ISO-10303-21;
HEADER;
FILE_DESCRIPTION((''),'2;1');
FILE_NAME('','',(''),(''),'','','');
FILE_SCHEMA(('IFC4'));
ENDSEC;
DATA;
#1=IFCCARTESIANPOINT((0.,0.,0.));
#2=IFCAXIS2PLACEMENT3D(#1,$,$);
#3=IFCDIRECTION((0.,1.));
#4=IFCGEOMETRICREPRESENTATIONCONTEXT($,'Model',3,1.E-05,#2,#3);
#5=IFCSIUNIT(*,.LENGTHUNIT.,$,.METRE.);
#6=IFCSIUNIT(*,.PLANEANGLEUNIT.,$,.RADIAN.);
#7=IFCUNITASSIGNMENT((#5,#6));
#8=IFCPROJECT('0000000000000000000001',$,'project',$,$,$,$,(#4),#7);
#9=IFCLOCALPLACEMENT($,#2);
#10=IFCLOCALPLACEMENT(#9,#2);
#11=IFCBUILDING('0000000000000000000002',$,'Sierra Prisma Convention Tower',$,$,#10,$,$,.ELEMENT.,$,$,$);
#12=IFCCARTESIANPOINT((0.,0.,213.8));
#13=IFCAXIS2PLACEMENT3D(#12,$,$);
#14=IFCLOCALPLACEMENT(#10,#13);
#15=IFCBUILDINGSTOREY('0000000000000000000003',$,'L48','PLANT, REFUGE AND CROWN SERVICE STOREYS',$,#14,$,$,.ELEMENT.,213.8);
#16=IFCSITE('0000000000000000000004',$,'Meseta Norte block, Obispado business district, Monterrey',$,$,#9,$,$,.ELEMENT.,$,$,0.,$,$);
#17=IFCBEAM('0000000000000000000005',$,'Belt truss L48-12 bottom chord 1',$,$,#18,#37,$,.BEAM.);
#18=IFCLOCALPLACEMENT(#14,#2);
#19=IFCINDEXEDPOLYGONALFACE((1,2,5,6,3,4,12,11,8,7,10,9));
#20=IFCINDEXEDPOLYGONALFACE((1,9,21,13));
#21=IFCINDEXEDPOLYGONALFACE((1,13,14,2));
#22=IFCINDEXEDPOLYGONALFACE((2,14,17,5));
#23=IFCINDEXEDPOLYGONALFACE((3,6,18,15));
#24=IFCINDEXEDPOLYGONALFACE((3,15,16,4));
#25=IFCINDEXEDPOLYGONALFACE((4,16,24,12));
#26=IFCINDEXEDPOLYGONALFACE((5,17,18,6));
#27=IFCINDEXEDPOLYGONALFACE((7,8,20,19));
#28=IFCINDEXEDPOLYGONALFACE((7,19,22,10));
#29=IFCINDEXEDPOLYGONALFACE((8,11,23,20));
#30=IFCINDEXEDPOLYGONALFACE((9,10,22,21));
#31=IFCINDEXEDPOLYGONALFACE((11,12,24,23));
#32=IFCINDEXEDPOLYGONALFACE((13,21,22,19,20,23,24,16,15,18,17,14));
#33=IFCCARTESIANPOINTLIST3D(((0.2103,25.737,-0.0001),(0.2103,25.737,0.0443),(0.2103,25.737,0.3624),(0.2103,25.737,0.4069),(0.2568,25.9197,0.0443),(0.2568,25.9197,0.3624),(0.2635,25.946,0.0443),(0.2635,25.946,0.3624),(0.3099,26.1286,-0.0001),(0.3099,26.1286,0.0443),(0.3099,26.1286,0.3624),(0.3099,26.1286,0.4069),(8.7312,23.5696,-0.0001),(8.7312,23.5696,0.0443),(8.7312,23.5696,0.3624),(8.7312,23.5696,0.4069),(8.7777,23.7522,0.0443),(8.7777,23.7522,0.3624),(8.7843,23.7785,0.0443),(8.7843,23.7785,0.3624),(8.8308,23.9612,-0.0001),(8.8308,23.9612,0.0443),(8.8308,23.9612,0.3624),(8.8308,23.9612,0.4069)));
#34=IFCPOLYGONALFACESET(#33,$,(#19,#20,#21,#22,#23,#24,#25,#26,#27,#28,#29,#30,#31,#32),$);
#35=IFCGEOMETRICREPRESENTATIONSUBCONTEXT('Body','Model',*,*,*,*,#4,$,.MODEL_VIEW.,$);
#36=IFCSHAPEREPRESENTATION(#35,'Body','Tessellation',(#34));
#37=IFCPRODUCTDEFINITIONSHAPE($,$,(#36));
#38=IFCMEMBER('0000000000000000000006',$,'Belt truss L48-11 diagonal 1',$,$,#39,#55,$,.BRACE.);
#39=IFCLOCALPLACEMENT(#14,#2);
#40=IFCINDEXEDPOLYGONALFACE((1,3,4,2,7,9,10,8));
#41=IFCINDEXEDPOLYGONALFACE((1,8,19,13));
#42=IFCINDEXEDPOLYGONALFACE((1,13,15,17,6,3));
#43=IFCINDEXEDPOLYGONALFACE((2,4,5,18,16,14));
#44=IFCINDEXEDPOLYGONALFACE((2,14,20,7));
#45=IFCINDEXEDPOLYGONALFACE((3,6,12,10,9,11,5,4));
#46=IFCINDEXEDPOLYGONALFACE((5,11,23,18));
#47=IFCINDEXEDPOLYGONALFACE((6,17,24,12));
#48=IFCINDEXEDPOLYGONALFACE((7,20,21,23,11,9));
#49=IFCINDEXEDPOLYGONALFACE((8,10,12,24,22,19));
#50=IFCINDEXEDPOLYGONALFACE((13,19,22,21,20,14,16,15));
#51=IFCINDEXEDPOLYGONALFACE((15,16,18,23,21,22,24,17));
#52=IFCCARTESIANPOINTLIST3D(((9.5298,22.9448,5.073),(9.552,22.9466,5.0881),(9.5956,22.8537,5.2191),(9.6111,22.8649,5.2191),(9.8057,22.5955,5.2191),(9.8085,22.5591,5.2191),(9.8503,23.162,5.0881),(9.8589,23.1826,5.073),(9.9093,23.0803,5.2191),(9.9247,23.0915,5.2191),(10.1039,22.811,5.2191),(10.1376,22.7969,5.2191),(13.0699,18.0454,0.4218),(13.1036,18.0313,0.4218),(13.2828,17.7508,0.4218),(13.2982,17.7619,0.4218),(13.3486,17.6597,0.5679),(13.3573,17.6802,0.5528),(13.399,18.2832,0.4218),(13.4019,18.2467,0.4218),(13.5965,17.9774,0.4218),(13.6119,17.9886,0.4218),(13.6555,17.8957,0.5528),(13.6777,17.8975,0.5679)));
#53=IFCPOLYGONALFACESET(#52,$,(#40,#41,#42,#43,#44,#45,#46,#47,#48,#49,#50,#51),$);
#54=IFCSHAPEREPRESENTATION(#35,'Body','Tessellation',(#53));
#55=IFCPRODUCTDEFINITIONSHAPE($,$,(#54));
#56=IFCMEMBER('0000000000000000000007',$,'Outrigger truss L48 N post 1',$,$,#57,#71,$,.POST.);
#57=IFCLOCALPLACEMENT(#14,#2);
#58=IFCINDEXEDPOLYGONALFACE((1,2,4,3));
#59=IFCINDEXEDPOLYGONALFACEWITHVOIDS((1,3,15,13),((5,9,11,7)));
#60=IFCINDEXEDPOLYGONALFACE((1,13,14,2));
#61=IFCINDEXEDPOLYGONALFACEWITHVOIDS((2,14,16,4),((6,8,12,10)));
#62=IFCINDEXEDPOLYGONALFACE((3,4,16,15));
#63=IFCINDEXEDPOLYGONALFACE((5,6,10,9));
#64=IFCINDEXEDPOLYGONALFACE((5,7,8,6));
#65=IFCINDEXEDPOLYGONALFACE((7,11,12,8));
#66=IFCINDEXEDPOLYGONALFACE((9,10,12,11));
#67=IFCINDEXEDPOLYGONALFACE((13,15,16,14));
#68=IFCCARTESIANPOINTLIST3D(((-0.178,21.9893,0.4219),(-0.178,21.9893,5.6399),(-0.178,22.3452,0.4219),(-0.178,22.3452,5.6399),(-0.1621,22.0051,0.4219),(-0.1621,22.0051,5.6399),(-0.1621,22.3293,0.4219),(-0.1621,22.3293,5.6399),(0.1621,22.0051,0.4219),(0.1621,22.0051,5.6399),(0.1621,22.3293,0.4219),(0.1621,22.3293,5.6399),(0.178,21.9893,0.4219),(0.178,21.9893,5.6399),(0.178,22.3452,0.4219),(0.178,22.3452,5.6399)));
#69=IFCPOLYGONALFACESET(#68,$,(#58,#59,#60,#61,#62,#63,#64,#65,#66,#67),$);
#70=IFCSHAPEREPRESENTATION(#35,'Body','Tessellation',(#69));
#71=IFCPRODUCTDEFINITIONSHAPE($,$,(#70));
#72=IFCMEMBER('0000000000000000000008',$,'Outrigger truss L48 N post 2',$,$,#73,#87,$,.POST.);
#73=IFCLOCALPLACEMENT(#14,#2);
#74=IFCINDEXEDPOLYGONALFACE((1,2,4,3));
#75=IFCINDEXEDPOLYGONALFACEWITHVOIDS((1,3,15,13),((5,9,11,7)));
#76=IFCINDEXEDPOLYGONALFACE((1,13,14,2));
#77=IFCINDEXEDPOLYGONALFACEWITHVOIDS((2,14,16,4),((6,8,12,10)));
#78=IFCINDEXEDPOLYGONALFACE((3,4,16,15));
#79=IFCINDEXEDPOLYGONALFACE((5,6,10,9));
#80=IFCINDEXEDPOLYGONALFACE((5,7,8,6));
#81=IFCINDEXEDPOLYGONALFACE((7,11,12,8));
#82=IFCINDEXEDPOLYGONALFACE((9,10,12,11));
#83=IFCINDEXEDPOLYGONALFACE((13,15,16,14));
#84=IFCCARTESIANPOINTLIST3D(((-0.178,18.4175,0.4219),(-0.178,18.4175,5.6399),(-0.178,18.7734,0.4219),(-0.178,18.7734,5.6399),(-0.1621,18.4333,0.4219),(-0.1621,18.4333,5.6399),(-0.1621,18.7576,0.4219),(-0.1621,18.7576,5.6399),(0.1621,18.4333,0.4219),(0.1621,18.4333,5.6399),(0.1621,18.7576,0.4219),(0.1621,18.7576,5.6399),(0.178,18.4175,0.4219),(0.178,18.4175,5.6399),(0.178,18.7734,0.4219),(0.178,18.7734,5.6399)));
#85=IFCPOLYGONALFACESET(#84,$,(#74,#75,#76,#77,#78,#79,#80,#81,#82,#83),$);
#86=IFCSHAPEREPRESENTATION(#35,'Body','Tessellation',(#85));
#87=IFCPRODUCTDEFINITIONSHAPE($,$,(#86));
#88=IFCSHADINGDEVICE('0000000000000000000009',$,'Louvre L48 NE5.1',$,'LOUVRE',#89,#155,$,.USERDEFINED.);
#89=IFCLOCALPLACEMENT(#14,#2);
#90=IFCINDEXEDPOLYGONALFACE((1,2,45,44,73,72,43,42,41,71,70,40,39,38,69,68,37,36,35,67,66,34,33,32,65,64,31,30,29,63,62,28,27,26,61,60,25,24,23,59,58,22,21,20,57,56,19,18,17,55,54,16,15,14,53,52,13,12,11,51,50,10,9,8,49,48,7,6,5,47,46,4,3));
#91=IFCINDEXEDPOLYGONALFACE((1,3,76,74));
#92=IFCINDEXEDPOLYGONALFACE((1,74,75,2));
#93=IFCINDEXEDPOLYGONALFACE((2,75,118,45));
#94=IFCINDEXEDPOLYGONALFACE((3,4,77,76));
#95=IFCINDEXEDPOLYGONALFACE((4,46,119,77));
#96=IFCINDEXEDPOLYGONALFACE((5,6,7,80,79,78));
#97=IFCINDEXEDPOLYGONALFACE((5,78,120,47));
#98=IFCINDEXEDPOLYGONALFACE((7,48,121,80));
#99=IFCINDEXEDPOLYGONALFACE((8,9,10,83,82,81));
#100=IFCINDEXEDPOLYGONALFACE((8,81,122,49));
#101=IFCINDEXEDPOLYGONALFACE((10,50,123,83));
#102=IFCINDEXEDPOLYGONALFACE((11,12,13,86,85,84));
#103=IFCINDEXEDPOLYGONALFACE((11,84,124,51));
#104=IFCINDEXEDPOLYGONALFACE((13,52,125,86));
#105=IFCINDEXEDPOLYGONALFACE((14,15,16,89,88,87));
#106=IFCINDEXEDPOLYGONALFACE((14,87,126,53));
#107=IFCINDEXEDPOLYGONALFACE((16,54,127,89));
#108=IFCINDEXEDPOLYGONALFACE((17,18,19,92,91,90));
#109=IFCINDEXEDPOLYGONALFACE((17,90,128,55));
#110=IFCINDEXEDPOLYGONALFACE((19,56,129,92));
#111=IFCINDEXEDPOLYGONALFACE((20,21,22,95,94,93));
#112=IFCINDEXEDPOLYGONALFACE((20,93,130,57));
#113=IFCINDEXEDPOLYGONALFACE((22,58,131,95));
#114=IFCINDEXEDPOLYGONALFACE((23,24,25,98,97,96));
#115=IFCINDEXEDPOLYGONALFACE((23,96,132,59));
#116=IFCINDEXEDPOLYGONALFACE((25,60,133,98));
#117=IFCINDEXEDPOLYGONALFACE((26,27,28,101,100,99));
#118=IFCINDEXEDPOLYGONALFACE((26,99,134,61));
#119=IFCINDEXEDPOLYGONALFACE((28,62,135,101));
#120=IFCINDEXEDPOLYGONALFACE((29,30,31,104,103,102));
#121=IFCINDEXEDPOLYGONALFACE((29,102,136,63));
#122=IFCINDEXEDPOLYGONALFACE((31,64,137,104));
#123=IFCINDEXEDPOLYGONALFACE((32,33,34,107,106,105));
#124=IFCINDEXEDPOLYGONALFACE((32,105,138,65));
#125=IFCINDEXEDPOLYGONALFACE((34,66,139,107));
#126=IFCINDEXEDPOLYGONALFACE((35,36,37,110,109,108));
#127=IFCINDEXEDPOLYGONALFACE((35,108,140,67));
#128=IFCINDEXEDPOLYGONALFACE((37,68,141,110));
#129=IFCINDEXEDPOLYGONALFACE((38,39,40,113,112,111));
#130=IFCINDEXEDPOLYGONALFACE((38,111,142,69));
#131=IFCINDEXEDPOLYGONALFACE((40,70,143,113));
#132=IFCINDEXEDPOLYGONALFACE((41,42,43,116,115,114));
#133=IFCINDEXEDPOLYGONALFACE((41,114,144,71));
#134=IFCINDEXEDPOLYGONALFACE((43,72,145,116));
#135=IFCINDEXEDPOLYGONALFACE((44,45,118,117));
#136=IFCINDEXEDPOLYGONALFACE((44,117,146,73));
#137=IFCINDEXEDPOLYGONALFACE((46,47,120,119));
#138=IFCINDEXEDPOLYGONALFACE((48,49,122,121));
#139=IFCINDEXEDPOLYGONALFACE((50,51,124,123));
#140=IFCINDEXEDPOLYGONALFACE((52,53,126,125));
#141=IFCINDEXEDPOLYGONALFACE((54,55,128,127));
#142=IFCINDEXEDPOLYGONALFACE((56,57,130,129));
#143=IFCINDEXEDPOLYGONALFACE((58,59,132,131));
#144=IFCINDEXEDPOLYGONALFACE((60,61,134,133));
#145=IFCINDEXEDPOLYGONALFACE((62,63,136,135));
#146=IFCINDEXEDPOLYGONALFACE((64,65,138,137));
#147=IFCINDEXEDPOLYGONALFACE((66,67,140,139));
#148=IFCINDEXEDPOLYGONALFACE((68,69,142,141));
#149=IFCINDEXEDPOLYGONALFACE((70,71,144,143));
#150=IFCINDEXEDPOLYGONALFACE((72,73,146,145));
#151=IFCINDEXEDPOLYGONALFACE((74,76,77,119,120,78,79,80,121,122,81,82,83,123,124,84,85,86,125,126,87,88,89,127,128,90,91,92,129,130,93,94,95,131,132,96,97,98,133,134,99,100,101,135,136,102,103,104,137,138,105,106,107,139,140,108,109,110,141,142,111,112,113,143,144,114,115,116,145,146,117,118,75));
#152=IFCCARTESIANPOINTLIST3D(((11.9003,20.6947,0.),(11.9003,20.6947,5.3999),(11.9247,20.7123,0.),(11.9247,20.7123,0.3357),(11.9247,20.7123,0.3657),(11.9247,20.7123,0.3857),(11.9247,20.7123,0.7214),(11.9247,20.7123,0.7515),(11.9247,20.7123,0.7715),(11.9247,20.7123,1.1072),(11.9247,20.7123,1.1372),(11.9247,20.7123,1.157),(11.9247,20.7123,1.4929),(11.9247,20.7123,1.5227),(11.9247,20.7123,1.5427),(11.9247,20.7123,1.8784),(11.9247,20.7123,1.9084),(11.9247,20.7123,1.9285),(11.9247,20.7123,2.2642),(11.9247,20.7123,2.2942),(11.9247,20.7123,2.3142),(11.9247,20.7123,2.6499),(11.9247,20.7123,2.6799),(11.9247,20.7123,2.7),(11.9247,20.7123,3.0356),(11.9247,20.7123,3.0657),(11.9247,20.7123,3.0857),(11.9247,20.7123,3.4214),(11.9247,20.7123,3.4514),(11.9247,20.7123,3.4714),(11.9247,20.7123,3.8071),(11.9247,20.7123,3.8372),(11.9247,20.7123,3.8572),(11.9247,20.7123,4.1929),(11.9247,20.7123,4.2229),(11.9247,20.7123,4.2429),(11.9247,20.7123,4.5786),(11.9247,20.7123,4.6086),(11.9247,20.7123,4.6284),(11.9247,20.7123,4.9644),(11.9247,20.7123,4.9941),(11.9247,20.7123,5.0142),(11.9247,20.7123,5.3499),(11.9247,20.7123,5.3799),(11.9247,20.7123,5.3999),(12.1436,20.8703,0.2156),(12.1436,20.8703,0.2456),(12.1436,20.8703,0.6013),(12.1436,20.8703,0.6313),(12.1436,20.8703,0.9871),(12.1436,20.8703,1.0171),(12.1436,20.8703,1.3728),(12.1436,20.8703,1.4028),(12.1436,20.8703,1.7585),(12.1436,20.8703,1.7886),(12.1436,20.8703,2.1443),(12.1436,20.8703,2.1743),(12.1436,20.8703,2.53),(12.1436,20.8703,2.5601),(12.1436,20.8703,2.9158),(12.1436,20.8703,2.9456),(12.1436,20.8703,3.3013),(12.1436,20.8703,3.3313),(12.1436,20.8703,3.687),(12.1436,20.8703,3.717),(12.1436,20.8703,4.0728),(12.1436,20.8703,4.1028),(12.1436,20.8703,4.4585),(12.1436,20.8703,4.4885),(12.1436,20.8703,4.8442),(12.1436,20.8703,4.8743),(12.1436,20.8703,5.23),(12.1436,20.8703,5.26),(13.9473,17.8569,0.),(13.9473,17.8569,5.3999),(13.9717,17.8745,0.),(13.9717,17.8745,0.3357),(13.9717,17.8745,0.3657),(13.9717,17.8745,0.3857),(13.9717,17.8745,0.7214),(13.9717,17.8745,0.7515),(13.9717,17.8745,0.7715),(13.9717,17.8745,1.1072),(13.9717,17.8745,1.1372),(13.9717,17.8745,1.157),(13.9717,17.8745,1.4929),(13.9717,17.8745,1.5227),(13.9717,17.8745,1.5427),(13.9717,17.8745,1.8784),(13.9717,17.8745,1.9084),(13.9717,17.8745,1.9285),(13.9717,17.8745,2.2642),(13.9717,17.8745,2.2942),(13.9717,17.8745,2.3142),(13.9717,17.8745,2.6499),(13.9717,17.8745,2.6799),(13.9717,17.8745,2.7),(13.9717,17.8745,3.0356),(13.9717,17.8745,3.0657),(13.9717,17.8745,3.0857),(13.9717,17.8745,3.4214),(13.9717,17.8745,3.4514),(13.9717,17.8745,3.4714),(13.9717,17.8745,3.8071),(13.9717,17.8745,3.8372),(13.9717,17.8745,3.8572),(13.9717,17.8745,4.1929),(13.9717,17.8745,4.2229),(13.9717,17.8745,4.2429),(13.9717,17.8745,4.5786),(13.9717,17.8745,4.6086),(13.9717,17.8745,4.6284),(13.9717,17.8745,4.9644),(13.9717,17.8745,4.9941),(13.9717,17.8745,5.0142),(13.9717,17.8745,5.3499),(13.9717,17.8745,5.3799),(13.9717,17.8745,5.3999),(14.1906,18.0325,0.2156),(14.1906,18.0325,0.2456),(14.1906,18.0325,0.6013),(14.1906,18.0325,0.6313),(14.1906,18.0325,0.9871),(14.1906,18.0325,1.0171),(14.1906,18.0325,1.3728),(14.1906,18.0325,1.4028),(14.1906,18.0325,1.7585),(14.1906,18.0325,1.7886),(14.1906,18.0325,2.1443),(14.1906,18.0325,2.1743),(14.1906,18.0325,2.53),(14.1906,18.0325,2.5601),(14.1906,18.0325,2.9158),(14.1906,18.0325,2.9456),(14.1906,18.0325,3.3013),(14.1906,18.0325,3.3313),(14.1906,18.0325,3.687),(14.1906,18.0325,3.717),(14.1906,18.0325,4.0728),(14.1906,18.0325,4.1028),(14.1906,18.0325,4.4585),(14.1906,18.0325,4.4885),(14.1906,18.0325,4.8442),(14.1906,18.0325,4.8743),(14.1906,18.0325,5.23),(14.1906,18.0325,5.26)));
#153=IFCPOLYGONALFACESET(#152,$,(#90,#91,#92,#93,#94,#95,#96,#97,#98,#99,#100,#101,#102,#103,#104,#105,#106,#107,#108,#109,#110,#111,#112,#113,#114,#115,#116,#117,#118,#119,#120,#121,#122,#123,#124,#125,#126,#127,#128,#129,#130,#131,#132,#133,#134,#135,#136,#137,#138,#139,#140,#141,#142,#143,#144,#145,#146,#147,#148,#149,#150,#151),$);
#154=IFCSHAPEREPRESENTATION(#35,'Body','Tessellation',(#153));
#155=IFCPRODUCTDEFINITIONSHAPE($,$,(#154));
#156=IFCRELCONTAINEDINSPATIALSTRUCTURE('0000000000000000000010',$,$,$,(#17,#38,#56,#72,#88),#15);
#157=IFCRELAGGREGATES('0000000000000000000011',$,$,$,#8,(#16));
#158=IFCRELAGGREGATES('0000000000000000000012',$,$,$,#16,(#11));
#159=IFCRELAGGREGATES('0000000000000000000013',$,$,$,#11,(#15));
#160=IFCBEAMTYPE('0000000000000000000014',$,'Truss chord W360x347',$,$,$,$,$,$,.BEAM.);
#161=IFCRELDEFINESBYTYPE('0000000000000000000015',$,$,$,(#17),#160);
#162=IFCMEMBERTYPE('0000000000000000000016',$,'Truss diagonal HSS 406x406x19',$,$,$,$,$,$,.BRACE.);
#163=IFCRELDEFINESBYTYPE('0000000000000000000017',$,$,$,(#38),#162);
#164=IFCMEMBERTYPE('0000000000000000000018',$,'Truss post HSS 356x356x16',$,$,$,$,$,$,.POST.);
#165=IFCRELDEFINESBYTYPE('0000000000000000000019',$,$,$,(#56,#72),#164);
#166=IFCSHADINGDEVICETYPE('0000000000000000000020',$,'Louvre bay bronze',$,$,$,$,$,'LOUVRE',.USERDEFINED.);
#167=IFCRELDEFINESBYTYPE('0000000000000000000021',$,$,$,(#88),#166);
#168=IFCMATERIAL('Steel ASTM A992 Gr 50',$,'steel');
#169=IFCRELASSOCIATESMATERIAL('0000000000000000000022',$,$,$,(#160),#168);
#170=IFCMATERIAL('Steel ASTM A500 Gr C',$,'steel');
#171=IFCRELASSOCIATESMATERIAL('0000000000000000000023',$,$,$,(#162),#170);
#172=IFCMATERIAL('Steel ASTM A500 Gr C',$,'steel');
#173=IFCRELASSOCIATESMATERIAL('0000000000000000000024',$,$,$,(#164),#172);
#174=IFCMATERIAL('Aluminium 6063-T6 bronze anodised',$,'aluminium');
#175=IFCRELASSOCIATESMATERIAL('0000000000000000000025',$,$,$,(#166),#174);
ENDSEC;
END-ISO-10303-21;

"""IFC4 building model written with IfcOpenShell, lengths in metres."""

from ifc_helpers import new_model, si_unit, direction, frame, origin, origin_2d, place, context, subcontext, project, spatial, polyline, hollow_rectangle, i_section, outline, extrude, clip, halfspace, material, material_profile, profile_set, type_object, element, save


model = new_model("IFC4")

# Units and contexts
model_context = context("Model", 3, precision=1e-05, world=origin(), true_north=direction((0.0, 1.0)))
body_context = subcontext(model_context, "Body", "Model", "MODEL_VIEW")
ifc_project = project(units=[si_unit("LENGTHUNIT", "METRE"), si_unit("PLANEANGLEUNIT", "RADIAN")], contexts=[model_context])

# Site, building, storey
site_placement = place(None, origin())
site = spatial("IfcSite", under=ifc_project, at=site_placement, Name="Meseta Norte block, Obispado business district, Monterrey", CompositionType="ELEMENT", RefElevation=0.0)
building_placement = place(site_placement, origin())
building = spatial("IfcBuilding", under=site, at=building_placement, Name="Sierra Prisma Convention Tower", CompositionType="ELEMENT")
storey_placement = place(building_placement, frame((0.0, 0.0, 213.8)))
storey = spatial("IfcBuildingStorey", under=building, at=storey_placement, Name="L48", Description="PLANT, REFUGE AND CROWN SERVICE STOREYS", CompositionType="ELEMENT", Elevation=213.8)

# Beam
ifc_material_1 = material(Name="Steel ASTM A992 Gr 50", Category="steel")
ifc_material_profile_1 = material_profile(ifc_material_1, i_section(OverallWidth=0.4041, OverallDepth=0.407, WebThickness=0.0271, FlangeThickness=0.0444, at=origin_2d()), Name="W360x347")
ifc_profile_set_1 = profile_set([ifc_material_profile_1], Name="Steel ASTM A992 Gr 50")
beam_type_1 = type_object("IfcBeamType", Name="Truss chord W360x347", PredefinedType="BEAM", material=ifc_profile_set_1)
beam_1_placement = place(storey_placement, frame((8.781, 23.7654, 0.2034), z_axis=(-0.969138, 0.246519, 0.0), x_axis=(-0.246519, -0.969138, 0.0)))
element("IfcBeam", 1, at=beam_1_placement, inside=storey, type_object=beam_type_1, Name="Belt truss L48-12 bottom chord 1", PredefinedType="BEAM", context=body_context, shape_type="SweptSolid", body=[
    extrude(i_section(OverallWidth=0.4041, OverallDepth=0.407, WebThickness=0.0271, FlangeThickness=0.0444, at=origin_2d()), origin(), (0.0, 0.0, 1.0), 8.7922),
])

# Members
ifc_material_2 = material(Name="Steel ASTM A500 Gr C", Category="steel")
ifc_material_profile_2 = material_profile(ifc_material_2, hollow_rectangle(XDim=0.406, YDim=0.406, WallThickness=0.019, at=origin_2d()), Name="Truss diagonal HSS 406x406x19")
ifc_profile_set_2 = profile_set([ifc_material_profile_2], Name="Steel ASTM A500 Gr C")
member_type_1 = type_object("IfcMemberType", Name="Truss diagonal HSS 406x406x19", PredefinedType="BRACE", material=ifc_profile_set_2)
member_1_placement = place(storey_placement, frame((13.4407, 17.8789, 0.407), z_axis=(-0.464158, 0.642381, 0.609839), x_axis=(-0.81055, -0.58567, 0.0)))
element("IfcMember", 2, at=member_1_placement, inside=storey, type_object=member_type_1, Name="Belt truss L48-11 diagonal 1", PredefinedType="BRACE", context=body_context, shape_type="SweptSolid", body=[
    clip(clip(extrude(hollow_rectangle(XDim=0.406, YDim=0.406, WallThickness=0.019, at=origin_2d()), origin(), (0.0, 0.0, 1.0), 7.915), halfspace(frame((0.0, 0.0117, 0.009), z_axis=(0.0, 0.792526, 0.609839), x_axis=(1.0, 0.0, 0.0)), True)), halfspace(frame((0.0, -0.0117, 7.906), z_axis=(0.0, -0.792525, -0.609839), x_axis=(1.0, 0.0, 0.0)), True)),
])
ifc_material_3 = material(Name="Steel ASTM A500 Gr C", Category="steel")
ifc_material_profile_3 = material_profile(ifc_material_3, hollow_rectangle(XDim=0.356, YDim=0.356, WallThickness=0.0159, at=origin_2d()), Name="Truss post HSS 356x356x16")
ifc_profile_set_3 = profile_set([ifc_material_profile_3], Name="Steel ASTM A500 Gr C")
member_type_2 = type_object("IfcMemberType", Name="Truss post HSS 356x356x16", PredefinedType="POST", material=ifc_profile_set_3)
for number, where, z_axis, x_axis, name in (
    (3, (0.0, 22.1672, 0.4219), (0.0, 0.0, 1.0), (1.0, 0.0, 0.0), "Outrigger truss L48 N post 1"),
    (4, (0.0, 18.5955, 0.4219), (0.0, 0.0, 1.0), (1.0, 0.0, 0.0), "Outrigger truss L48 N post 2"),
):
    element("IfcMember", number, at=place(storey_placement, frame(where, z_axis=z_axis, x_axis=x_axis)), inside=storey, type_object=member_type_2, Name=name, PredefinedType="POST", context=body_context, shape_type="SweptSolid", body=[
        extrude(hollow_rectangle(XDim=0.356, YDim=0.356, WallThickness=0.0159, at=origin_2d()), origin(), (0.0, 0.0, 1.0), 5.218),
    ])

# Shading device
ifc_material_4 = material(Name="Aluminium 6063-T6 bronze anodised", Category="aluminium")
shading_device_type = type_object("IfcShadingDeviceType", Name="Louvre bay bronze", ElementType="LOUVRE", PredefinedType="USERDEFINED", material=ifc_material_4)
shading_device_1_placement = place(storey_placement, frame((13.9473, 17.8569, 0.0), z_axis=(0.58501, -0.811026, 0.0), x_axis=(0.0, 0.0, 1.0)))
element("IfcShadingDevice", 5, at=shading_device_1_placement, inside=storey, type_object=shading_device_type, Name="Louvre L48 NE5.1", ObjectType="LOUVRE", PredefinedType="USERDEFINED", context=body_context, shape_type="SweptSolid", body=[
    extrude(outline(polyline([(0.0, 0.0), (5.3999, 0.0), (5.3999, -0.0301), (5.3799, -0.0301), (5.26, -0.3), (5.23, -0.3), (5.3499, -0.0301), (5.0142, -0.0301), (4.9941, -0.0301), (4.8743, -0.3), (4.8442, -0.3), (4.9644, -0.0301), (4.6284, -0.0301), (4.6086, -0.0301), (4.4885, -0.3), (4.4585, -0.3), (4.5786, -0.0301), (4.2429, -0.0301), (4.2229, -0.0301), (4.1028, -0.3), (4.0728, -0.3), (4.1929, -0.0301), (3.8572, -0.0301), (3.8372, -0.0301), (3.717, -0.3), (3.687, -0.3), (3.8071, -0.0301), (3.4714, -0.0301), (3.4514, -0.0301), (3.3313, -0.3), (3.3013, -0.3), (3.4214, -0.0301), (3.0857, -0.0301), (3.0657, -0.0301), (2.9456, -0.3), (2.9158, -0.3), (3.0356, -0.0301), (2.7, -0.0301), (2.6799, -0.0301), (2.5601, -0.3), (2.53, -0.3), (2.6499, -0.0301), (2.3142, -0.0301), (2.2942, -0.0301), (2.1743, -0.3), (2.1443, -0.3), (2.2642, -0.0301), (1.9285, -0.0301), (1.9084, -0.0301), (1.7886, -0.3), (1.7585, -0.3), (1.8784, -0.0301), (1.5427, -0.0301), (1.5227, -0.0301), (1.4028, -0.3), (1.3728, -0.3), (1.4929, -0.0301), (1.157, -0.0301), (1.1372, -0.0301), (1.0171, -0.3), (0.9871, -0.3), (1.1072, -0.0301), (0.7715, -0.0301), (0.7515, -0.0301), (0.6313, -0.3), (0.6013, -0.3), (0.7214, -0.0301), (0.3857, -0.0301), (0.3657, -0.0301), (0.2456, -0.3), (0.2156, -0.3), (0.3357, -0.0301), (0.0, -0.0301), (0.0, 0.0)])), origin(), (0.0, 0.0, -1.0), 3.499),
])

save(model, "model.ifc")
